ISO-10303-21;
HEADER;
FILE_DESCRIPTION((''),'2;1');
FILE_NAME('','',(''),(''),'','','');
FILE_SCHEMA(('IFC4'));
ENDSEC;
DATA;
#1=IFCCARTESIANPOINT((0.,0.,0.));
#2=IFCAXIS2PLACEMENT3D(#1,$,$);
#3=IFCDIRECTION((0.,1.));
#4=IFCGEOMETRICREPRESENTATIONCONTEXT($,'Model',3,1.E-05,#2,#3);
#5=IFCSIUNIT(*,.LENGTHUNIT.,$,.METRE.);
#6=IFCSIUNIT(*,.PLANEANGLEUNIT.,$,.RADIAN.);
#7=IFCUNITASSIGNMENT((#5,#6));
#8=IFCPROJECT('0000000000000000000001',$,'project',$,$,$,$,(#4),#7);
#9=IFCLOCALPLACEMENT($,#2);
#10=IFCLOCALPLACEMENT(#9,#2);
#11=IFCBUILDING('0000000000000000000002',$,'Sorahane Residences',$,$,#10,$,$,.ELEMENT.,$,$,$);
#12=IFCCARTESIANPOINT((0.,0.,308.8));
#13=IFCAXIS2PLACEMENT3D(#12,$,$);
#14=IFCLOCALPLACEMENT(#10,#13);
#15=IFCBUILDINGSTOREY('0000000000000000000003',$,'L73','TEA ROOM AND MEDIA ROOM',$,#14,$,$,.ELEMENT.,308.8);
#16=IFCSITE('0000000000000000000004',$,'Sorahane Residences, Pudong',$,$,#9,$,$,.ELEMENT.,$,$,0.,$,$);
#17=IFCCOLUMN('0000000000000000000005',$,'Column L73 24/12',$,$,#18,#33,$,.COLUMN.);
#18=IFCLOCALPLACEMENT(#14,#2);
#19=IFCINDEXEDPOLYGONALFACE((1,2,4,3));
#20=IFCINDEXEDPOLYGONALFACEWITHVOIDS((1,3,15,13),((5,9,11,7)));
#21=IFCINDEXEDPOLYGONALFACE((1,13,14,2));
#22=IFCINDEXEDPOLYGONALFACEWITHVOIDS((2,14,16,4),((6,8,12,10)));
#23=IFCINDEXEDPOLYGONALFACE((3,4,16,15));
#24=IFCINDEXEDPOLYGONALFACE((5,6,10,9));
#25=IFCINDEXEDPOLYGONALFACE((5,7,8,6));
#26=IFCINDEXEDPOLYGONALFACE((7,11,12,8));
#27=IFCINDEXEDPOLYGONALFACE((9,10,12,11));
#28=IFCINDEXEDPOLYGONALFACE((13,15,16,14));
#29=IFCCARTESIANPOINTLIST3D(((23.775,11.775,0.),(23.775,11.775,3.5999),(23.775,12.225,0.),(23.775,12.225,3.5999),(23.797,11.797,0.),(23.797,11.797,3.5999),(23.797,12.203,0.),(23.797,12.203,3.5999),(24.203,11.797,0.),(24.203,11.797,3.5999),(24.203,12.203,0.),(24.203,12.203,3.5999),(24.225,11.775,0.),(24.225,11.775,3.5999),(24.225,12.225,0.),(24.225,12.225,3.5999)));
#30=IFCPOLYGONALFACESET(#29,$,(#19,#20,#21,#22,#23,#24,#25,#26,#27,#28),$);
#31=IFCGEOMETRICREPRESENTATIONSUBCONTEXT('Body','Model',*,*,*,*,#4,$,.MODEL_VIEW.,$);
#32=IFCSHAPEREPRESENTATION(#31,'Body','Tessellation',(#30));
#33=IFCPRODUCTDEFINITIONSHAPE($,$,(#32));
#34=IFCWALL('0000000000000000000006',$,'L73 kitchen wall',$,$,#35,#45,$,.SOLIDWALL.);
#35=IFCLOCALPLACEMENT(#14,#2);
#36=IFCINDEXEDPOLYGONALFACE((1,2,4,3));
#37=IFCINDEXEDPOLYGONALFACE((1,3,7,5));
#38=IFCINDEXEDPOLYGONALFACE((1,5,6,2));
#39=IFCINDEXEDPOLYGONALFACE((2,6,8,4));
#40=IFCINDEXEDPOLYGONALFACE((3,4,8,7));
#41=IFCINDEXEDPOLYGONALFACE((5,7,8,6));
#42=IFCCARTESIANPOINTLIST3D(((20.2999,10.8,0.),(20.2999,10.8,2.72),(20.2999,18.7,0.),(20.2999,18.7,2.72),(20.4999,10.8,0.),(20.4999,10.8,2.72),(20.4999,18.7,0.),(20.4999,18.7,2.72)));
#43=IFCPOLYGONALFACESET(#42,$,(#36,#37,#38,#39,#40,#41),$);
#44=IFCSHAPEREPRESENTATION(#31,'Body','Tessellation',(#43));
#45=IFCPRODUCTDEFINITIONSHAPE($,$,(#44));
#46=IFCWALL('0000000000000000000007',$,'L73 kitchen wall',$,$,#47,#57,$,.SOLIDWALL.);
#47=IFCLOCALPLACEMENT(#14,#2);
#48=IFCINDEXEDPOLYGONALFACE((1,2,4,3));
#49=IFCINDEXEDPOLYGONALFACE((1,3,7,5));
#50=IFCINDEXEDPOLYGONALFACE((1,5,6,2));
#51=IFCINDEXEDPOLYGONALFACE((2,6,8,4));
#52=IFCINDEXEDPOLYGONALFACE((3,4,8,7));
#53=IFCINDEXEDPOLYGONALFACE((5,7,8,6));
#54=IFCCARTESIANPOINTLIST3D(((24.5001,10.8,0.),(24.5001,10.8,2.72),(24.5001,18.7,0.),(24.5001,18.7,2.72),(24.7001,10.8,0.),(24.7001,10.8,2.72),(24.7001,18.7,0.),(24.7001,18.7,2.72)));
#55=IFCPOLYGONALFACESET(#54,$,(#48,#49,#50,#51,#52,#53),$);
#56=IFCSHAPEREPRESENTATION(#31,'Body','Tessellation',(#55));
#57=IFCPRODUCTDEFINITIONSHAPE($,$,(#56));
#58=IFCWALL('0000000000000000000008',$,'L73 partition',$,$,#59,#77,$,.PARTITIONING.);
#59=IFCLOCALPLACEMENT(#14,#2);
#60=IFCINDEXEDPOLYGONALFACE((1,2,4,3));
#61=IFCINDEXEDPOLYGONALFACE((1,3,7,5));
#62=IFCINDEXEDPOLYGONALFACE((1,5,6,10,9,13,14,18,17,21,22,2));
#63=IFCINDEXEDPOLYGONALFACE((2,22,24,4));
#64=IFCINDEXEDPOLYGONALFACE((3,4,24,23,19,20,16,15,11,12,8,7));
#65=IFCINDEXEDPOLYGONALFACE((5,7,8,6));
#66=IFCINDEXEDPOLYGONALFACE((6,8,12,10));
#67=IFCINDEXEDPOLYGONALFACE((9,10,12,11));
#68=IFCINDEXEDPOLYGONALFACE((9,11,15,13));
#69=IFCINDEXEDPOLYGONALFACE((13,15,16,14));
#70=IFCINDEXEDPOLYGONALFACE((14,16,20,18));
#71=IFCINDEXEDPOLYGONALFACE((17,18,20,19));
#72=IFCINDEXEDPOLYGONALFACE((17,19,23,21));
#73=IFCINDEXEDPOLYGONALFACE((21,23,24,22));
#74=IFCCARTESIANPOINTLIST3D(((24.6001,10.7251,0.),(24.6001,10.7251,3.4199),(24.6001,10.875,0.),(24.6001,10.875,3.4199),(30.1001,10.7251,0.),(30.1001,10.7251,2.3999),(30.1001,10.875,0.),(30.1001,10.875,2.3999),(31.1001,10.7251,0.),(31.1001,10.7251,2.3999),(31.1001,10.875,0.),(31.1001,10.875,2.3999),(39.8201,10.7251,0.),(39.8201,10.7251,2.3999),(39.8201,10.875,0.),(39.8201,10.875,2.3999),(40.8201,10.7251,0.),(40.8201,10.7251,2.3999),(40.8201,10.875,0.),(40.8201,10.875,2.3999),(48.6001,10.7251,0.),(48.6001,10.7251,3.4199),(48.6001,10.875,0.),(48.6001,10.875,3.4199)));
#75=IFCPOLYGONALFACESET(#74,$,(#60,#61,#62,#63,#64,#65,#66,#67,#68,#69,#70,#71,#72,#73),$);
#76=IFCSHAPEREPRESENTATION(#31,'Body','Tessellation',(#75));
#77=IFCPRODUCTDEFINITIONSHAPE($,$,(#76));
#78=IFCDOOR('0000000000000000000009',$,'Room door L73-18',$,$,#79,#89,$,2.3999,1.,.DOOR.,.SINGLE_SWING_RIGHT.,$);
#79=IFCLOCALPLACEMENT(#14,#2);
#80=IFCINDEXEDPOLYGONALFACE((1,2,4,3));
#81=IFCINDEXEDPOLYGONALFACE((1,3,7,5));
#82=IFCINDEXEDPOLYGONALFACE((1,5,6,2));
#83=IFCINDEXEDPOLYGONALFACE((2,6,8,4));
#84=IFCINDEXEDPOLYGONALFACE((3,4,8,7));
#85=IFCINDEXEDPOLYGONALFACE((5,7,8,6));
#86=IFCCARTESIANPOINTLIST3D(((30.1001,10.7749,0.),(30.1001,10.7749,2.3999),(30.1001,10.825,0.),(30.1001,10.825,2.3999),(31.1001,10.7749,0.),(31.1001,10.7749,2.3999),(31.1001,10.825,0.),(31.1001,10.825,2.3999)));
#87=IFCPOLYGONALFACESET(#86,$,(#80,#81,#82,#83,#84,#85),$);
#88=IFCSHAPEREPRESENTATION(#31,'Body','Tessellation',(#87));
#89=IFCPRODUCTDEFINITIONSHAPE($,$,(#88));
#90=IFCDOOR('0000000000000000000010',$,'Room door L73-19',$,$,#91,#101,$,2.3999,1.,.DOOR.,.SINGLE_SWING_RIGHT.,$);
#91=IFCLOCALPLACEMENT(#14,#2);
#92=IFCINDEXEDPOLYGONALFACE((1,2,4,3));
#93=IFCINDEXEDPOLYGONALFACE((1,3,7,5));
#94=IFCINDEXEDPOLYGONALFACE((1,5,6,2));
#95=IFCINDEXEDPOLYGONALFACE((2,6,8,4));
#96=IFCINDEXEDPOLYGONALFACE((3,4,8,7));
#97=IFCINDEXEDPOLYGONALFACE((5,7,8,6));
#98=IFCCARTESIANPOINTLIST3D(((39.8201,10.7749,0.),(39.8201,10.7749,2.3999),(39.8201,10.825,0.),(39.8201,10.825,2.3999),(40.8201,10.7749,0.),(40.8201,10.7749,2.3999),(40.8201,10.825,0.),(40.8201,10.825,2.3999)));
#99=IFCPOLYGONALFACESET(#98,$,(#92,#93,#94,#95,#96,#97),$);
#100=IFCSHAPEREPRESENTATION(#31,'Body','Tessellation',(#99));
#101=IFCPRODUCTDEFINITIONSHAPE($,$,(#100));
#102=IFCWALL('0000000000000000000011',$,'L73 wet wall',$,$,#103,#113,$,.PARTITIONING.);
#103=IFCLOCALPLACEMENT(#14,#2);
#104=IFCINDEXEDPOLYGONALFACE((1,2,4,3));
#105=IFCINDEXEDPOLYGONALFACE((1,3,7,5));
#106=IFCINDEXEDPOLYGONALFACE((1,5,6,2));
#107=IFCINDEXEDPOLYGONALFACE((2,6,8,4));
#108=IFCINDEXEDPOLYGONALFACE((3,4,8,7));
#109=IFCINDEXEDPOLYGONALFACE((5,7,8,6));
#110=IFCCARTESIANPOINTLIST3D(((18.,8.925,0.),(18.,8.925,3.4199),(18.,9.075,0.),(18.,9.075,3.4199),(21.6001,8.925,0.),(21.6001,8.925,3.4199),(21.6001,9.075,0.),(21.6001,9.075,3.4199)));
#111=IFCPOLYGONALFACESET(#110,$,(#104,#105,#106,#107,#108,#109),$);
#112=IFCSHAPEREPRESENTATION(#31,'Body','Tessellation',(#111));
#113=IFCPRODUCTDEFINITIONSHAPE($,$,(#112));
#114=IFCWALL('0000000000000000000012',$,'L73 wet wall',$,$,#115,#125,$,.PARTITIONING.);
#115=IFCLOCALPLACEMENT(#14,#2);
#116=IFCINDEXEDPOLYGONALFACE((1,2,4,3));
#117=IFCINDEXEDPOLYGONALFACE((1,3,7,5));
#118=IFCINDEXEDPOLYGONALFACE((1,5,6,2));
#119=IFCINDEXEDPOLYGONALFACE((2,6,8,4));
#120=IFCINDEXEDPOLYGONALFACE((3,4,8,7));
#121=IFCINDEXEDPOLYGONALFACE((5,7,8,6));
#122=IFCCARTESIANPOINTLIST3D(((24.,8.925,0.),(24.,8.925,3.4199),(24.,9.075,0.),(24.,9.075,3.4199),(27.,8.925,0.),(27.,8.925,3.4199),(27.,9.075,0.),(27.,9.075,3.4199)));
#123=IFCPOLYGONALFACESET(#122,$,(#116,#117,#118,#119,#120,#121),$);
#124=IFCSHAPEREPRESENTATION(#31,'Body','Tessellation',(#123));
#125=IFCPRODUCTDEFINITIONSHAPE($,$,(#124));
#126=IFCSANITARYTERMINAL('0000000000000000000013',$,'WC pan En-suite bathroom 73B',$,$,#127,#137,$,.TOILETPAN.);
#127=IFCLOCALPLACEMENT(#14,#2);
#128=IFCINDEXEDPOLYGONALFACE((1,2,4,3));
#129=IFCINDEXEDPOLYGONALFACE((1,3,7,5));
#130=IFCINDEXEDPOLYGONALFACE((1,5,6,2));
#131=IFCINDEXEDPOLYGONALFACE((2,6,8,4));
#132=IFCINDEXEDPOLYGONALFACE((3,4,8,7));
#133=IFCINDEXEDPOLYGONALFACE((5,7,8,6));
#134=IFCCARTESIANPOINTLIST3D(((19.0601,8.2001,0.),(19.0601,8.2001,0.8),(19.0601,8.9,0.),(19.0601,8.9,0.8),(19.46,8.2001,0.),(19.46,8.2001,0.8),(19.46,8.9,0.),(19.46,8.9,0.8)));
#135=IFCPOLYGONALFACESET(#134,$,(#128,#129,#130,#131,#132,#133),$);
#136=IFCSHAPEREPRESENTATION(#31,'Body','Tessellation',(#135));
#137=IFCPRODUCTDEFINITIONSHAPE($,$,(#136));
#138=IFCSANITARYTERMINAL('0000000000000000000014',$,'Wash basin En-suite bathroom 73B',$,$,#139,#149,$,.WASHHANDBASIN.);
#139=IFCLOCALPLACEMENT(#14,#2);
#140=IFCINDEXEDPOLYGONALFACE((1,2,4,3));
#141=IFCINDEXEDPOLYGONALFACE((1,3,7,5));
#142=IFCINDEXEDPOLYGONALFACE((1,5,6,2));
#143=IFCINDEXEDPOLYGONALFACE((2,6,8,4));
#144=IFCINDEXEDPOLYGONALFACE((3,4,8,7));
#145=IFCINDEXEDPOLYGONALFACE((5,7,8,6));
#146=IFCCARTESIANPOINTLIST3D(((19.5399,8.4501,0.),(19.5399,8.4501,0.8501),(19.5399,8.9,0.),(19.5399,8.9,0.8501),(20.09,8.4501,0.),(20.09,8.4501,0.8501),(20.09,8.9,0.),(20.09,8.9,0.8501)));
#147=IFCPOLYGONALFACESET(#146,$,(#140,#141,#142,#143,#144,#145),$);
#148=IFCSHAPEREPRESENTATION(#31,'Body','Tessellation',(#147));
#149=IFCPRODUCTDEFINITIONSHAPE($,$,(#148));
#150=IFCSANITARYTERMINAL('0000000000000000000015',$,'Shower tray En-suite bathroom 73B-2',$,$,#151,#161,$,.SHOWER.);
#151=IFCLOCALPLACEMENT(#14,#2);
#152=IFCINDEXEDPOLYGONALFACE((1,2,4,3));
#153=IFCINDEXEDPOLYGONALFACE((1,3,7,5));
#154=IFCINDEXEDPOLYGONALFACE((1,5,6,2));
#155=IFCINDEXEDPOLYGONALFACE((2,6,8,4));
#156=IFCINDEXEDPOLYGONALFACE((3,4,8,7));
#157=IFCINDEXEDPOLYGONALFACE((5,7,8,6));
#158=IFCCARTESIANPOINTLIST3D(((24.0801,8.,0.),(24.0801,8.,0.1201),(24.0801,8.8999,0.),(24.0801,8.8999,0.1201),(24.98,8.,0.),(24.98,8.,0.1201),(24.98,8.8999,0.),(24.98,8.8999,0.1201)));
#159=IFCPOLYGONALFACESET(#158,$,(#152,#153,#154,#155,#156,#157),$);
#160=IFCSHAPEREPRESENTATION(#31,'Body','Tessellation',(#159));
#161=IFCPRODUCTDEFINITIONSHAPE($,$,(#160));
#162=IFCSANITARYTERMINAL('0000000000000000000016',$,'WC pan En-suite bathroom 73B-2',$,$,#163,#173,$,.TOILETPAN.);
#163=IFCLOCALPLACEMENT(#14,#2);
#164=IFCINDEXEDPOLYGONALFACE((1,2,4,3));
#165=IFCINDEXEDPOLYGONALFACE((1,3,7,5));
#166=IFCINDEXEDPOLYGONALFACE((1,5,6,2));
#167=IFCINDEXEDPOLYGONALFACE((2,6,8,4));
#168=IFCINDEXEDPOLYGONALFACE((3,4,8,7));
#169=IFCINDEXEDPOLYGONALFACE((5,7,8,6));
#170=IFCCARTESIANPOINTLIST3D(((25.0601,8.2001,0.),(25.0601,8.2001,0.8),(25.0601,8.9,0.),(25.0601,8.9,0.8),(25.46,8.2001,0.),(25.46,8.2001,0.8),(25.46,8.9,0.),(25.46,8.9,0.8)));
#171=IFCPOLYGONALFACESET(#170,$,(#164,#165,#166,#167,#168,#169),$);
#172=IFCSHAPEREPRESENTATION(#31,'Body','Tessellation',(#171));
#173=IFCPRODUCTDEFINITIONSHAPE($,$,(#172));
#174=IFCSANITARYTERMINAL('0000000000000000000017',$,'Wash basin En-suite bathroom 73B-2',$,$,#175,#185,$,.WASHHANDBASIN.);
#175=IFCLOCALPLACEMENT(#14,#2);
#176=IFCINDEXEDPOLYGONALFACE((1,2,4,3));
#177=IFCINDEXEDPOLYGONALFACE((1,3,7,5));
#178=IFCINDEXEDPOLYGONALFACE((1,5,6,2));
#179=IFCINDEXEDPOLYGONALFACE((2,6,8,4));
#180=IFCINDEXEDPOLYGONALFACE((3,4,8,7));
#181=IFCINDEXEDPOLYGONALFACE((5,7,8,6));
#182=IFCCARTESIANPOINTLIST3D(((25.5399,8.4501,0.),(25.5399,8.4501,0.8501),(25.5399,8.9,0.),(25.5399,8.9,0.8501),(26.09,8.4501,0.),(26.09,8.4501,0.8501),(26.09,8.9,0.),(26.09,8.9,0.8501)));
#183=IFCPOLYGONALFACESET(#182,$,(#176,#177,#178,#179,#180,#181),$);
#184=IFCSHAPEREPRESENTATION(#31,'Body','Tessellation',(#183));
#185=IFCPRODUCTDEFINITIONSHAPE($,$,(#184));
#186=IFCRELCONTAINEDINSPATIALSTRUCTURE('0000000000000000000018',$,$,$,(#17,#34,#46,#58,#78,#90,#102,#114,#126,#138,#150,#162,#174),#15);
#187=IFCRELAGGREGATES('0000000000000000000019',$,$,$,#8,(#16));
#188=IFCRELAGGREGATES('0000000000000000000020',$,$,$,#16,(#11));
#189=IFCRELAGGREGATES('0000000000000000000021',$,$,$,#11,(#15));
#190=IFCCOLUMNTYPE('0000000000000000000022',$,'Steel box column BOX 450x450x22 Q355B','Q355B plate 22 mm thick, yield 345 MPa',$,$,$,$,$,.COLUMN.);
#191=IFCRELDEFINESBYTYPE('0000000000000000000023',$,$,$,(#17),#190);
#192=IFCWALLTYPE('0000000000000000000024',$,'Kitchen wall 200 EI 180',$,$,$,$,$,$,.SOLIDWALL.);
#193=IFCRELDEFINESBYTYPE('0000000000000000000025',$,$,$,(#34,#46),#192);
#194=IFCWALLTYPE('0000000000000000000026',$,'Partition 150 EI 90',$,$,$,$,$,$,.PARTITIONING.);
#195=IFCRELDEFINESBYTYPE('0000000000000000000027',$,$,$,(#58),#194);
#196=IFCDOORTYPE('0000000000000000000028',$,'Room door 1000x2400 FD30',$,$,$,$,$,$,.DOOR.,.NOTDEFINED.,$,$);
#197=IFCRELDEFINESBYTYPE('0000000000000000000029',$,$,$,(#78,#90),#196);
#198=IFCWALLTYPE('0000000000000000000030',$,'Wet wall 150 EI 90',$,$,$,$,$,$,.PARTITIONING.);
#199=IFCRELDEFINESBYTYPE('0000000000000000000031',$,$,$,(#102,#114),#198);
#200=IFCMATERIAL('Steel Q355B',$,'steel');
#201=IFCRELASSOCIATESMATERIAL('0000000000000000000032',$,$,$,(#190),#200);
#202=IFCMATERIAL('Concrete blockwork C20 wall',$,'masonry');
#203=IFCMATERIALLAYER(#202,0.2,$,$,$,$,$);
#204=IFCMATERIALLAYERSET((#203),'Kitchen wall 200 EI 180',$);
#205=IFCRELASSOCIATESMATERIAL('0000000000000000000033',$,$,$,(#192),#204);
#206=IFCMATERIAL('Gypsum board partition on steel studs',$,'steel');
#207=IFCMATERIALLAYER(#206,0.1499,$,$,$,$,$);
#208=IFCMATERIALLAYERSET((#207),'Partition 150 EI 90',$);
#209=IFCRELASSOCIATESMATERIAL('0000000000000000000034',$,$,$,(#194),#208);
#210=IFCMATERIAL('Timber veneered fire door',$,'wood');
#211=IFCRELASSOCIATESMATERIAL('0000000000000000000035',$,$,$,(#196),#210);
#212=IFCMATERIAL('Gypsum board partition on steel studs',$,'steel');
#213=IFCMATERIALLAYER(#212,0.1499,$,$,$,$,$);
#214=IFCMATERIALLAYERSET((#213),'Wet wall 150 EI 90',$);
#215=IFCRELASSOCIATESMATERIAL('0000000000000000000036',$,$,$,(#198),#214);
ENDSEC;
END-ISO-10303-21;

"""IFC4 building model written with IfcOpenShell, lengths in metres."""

from ifc_helpers import new_model, si_unit, direction, frame, frame_2d, origin, origin_2d, place, context, subcontext, project, spatial, rectangle, hollow_rectangle, extrude, material, layer, layer_set, material_profile, profile_set, type_object, element, fill, save


model = new_model("IFC4")

# Units and contexts
model_context = context("Model", 3, precision=1e-05, world=origin(), true_north=direction((0.0, 1.0)))
body_context = subcontext(model_context, "Body", "Model", "MODEL_VIEW")
ifc_project = project(units=[si_unit("LENGTHUNIT", "METRE"), si_unit("PLANEANGLEUNIT", "RADIAN")], contexts=[model_context])

# Site, building, storey
site_placement = place(None, origin())
site = spatial("IfcSite", under=ifc_project, at=site_placement, Name="Sorahane Residences, Pudong", CompositionType="ELEMENT", RefElevation=0.0)
building_placement = place(site_placement, origin())
building = spatial("IfcBuilding", under=site, at=building_placement, Name="Sorahane Residences", CompositionType="ELEMENT")
storey_placement = place(building_placement, frame((0.0, 0.0, 308.8)))
storey = spatial("IfcBuildingStorey", under=building, at=storey_placement, Name="L73", Description="TEA ROOM AND MEDIA ROOM", CompositionType="ELEMENT", Elevation=308.8)

# Column
ifc_material_1 = material(Name="Steel Q355B", Category="steel")
ifc_material_profile = material_profile(ifc_material_1, hollow_rectangle(XDim=0.45, YDim=0.45, WallThickness=0.022, at=origin_2d()), Name="BOX 450x450x22")
ifc_profile_set = profile_set([ifc_material_profile], Name="Steel Q355B")
column_type = type_object("IfcColumnType", Name="Steel box column BOX 450x450x22 Q355B", Description="Q355B plate 22 mm thick, yield 345 MPa", PredefinedType="COLUMN", material=ifc_profile_set)
column_placement = place(storey_placement, frame((24.0, 12.0, 0.0), z_axis=(0.0, 0.0, 1.0), x_axis=(1.0, 0.0, 0.0)))
element("IfcColumn", 1, at=column_placement, inside=storey, type_object=column_type, Name="Column L73 24/12", PredefinedType="COLUMN", context=body_context, shape_type="SweptSolid", body=[
    extrude(hollow_rectangle(XDim=0.45, YDim=0.45, WallThickness=0.022, at=origin_2d()), origin(), (0.0, 0.0, 1.0), 3.5999),
])

# Walls
ifc_material_2 = material(Name="Concrete blockwork C20 wall", Category="masonry")
ifc_layer_1 = layer(ifc_material_2, 0.2)
ifc_layer_set_1 = layer_set([ifc_layer_1], Name="Kitchen wall 200 EI 180")
wall_type_1 = type_object("IfcWallType", Name="Kitchen wall 200 EI 180", PredefinedType="SOLIDWALL", material=ifc_layer_set_1)
for number, where, z_axis, x_axis, name in (
    (2, (20.3999, 10.8, 0.0), (0.0, 0.0, 1.0), (0.0, 1.0, 0.0), "L73 kitchen wall"),
    (3, (24.6001, 10.8, 0.0), (0.0, 0.0, 1.0), (0.0, 1.0, 0.0), "L73 kitchen wall"),
):
    element("IfcWall", number, at=place(storey_placement, frame(where, z_axis=z_axis, x_axis=x_axis)), inside=storey, type_object=wall_type_1, Name=name, PredefinedType="SOLIDWALL", context=body_context, shape_type="SweptSolid", body=[
        extrude(rectangle(XDim=7.8999, YDim=0.2, at=frame_2d((3.95, 0.0))), origin(), (0.0, 0.0, 1.0), 2.72),
    ])

# Wall, openings, doors
ifc_material_3 = material(Name="Gypsum board partition on steel studs", Category="steel")
ifc_layer_2 = layer(ifc_material_3, 0.1499)
ifc_layer_set_2 = layer_set([ifc_layer_2], Name="Partition 150 EI 90")
wall_type_2 = type_object("IfcWallType", Name="Partition 150 EI 90", PredefinedType="PARTITIONING", material=ifc_layer_set_2)
wall_1_placement = place(storey_placement, frame((24.6001, 10.8, 0.0), z_axis=(0.0, 0.0, 1.0), x_axis=(1.0, 0.0, 0.0)))
wall_1 = element("IfcWall", 4, at=wall_1_placement, inside=storey, type_object=wall_type_2, Name="L73 partition", PredefinedType="PARTITIONING", context=body_context, shape_type="SweptSolid", body=[
    extrude(rectangle(XDim=24.0, YDim=0.1499, at=frame_2d((12.0, 0.0))), origin(), (0.0, 0.0, 1.0), 3.4199),
])
opening_1_placement = place(wall_1_placement, frame((5.5, 0.0, 0.0)))
opening_1 = element("IfcOpeningElement", 5, at=opening_1_placement, cuts=wall_1, PredefinedType="OPENING", context=body_context, shape_type="SweptSolid", body=[
    extrude(rectangle(XDim=1.0, YDim=2.3999, at=frame_2d((0.5, 1.2))), frame((0.0, 0.085, 0.0), z_axis=(0.0, -1.0, 0.0), x_axis=(1.0, 0.0, 0.0)), (0.0, 0.0, 1.0), 0.1699),
])
opening_2_placement = place(wall_1_placement, frame((15.22, 0.0, 0.0)))
opening_2 = element("IfcOpeningElement", 6, at=opening_2_placement, cuts=wall_1, PredefinedType="OPENING", context=body_context, shape_type="SweptSolid", body=[
    extrude(rectangle(XDim=1.0, YDim=2.3999, at=frame_2d((0.5, 1.2))), frame((0.0, 0.085, 0.0), z_axis=(0.0, -1.0, 0.0), x_axis=(1.0, 0.0, 0.0)), (0.0, 0.0, 1.0), 0.1699),
])
ifc_material_4 = material(Name="Timber veneered fire door", Category="wood")
door_type_1 = type_object("IfcDoorType", Name="Room door 1000x2400 FD30", OperationType="NOTDEFINED", PredefinedType="DOOR", material=ifc_material_4)
door_1_placement = place(opening_1_placement, origin())
door_1 = element("IfcDoor", 7, at=door_1_placement, inside=storey, type_object=door_type_1, Name="Room door L73-18", OperationType="SINGLE_SWING_RIGHT", OverallHeight=2.3999, OverallWidth=1.0, PredefinedType="DOOR", context=body_context, shape_type="SweptSolid", body=[
    extrude(rectangle(XDim=1.0, YDim=2.3999, at=frame_2d((0.5, 1.2))), frame((0.0, 0.0249, 0.0), z_axis=(0.0, -1.0, 0.0), x_axis=(1.0, 0.0, 0.0)), (0.0, 0.0, 1.0), 0.05),
])
fill(opening_1, door_1)
door_2_placement = place(opening_2_placement, origin())
door_2 = element("IfcDoor", 8, at=door_2_placement, inside=storey, type_object=door_type_1, Name="Room door L73-19", OperationType="SINGLE_SWING_RIGHT", OverallHeight=2.3999, OverallWidth=1.0, PredefinedType="DOOR", context=body_context, shape_type="SweptSolid", body=[
    extrude(rectangle(XDim=1.0, YDim=2.3999, at=frame_2d((0.5, 1.2))), frame((0.0, 0.0249, 0.0), z_axis=(0.0, -1.0, 0.0), x_axis=(1.0, 0.0, 0.0)), (0.0, 0.0, 1.0), 0.05),
])
fill(opening_2, door_2)

# Walls
ifc_material_5 = material(Name="Gypsum board partition on steel studs", Category="steel")
ifc_layer_3 = layer(ifc_material_5, 0.1499)
ifc_layer_set_3 = layer_set([ifc_layer_3], Name="Wet wall 150 EI 90")
wall_type_3 = type_object("IfcWallType", Name="Wet wall 150 EI 90", PredefinedType="PARTITIONING", material=ifc_layer_set_3)
wall_2_placement = place(storey_placement, frame((18.0, 9.0, 0.0), z_axis=(0.0, 0.0, 1.0), x_axis=(1.0, 0.0, 0.0)))
element("IfcWall", 9, at=wall_2_placement, inside=storey, type_object=wall_type_3, Name="L73 wet wall", PredefinedType="PARTITIONING", context=body_context, shape_type="SweptSolid", body=[
    extrude(rectangle(XDim=3.6001, YDim=0.1499, at=frame_2d((1.8, 0.0))), origin(), (0.0, 0.0, 1.0), 3.4199),
])
wall_3_placement = place(storey_placement, frame((24.0, 9.0, 0.0), z_axis=(0.0, 0.0, 1.0), x_axis=(1.0, 0.0, 0.0)))
element("IfcWall", 10, at=wall_3_placement, inside=storey, type_object=wall_type_3, Name="L73 wet wall", PredefinedType="PARTITIONING", context=body_context, shape_type="SweptSolid", body=[
    extrude(rectangle(XDim=3.0, YDim=0.1499, at=frame_2d((1.5, 0.0))), origin(), (0.0, 0.0, 1.0), 3.4199),
])

# Sanitary terminals
sanitary_terminal_1_placement = place(storey_placement, frame((19.26, 8.55, 0.0), z_axis=(0.0, 0.0, 1.0), x_axis=(1.0, 0.0, 0.0)))
element("IfcSanitaryTerminal", 11, at=sanitary_terminal_1_placement, inside=storey, Name="WC pan En-suite bathroom 73B", PredefinedType="TOILETPAN", context=body_context, shape_type="SweptSolid", body=[
    extrude(rectangle(XDim=0.3999, YDim=0.7, at=origin_2d()), origin(), (0.0, 0.0, 1.0), 0.8),
])
sanitary_terminal_2_placement = place(storey_placement, frame((19.8149, 8.675, 0.0), z_axis=(0.0, 0.0, 1.0), x_axis=(1.0, 0.0, 0.0)))
element("IfcSanitaryTerminal", 12, at=sanitary_terminal_2_placement, inside=storey, Name="Wash basin En-suite bathroom 73B", PredefinedType="WASHHANDBASIN", context=body_context, shape_type="SweptSolid", body=[
    extrude(rectangle(XDim=0.55, YDim=0.45, at=origin_2d()), origin(), (0.0, 0.0, 1.0), 0.8501),
])
sanitary_terminal_3_placement = place(storey_placement, frame((24.53, 8.45, 0.0), z_axis=(0.0, 0.0, 1.0), x_axis=(1.0, 0.0, 0.0)))
element("IfcSanitaryTerminal", 13, at=sanitary_terminal_3_placement, inside=storey, Name="Shower tray En-suite bathroom 73B-2", PredefinedType="SHOWER", context=body_context, shape_type="SweptSolid", body=[
    extrude(rectangle(XDim=0.8999, YDim=0.8999, at=origin_2d()), origin(), (0.0, 0.0, 1.0), 0.1201),
])
sanitary_terminal_4_placement = place(storey_placement, frame((25.26, 8.55, 0.0), z_axis=(0.0, 0.0, 1.0), x_axis=(1.0, 0.0, 0.0)))
element("IfcSanitaryTerminal", 14, at=sanitary_terminal_4_placement, inside=storey, Name="WC pan En-suite bathroom 73B-2", PredefinedType="TOILETPAN", context=body_context, shape_type="SweptSolid", body=[
    extrude(rectangle(XDim=0.3999, YDim=0.7, at=origin_2d()), origin(), (0.0, 0.0, 1.0), 0.8),
])
sanitary_terminal_5_placement = place(storey_placement, frame((25.8149, 8.675, 0.0), z_axis=(0.0, 0.0, 1.0), x_axis=(1.0, 0.0, 0.0)))
element("IfcSanitaryTerminal", 15, at=sanitary_terminal_5_placement, inside=storey, Name="Wash basin En-suite bathroom 73B-2", PredefinedType="WASHHANDBASIN", context=body_context, shape_type="SweptSolid", body=[
    extrude(rectangle(XDim=0.55, YDim=0.45, at=origin_2d()), origin(), (0.0, 0.0, 1.0), 0.8501),
])

save(model, "model.ifc")
